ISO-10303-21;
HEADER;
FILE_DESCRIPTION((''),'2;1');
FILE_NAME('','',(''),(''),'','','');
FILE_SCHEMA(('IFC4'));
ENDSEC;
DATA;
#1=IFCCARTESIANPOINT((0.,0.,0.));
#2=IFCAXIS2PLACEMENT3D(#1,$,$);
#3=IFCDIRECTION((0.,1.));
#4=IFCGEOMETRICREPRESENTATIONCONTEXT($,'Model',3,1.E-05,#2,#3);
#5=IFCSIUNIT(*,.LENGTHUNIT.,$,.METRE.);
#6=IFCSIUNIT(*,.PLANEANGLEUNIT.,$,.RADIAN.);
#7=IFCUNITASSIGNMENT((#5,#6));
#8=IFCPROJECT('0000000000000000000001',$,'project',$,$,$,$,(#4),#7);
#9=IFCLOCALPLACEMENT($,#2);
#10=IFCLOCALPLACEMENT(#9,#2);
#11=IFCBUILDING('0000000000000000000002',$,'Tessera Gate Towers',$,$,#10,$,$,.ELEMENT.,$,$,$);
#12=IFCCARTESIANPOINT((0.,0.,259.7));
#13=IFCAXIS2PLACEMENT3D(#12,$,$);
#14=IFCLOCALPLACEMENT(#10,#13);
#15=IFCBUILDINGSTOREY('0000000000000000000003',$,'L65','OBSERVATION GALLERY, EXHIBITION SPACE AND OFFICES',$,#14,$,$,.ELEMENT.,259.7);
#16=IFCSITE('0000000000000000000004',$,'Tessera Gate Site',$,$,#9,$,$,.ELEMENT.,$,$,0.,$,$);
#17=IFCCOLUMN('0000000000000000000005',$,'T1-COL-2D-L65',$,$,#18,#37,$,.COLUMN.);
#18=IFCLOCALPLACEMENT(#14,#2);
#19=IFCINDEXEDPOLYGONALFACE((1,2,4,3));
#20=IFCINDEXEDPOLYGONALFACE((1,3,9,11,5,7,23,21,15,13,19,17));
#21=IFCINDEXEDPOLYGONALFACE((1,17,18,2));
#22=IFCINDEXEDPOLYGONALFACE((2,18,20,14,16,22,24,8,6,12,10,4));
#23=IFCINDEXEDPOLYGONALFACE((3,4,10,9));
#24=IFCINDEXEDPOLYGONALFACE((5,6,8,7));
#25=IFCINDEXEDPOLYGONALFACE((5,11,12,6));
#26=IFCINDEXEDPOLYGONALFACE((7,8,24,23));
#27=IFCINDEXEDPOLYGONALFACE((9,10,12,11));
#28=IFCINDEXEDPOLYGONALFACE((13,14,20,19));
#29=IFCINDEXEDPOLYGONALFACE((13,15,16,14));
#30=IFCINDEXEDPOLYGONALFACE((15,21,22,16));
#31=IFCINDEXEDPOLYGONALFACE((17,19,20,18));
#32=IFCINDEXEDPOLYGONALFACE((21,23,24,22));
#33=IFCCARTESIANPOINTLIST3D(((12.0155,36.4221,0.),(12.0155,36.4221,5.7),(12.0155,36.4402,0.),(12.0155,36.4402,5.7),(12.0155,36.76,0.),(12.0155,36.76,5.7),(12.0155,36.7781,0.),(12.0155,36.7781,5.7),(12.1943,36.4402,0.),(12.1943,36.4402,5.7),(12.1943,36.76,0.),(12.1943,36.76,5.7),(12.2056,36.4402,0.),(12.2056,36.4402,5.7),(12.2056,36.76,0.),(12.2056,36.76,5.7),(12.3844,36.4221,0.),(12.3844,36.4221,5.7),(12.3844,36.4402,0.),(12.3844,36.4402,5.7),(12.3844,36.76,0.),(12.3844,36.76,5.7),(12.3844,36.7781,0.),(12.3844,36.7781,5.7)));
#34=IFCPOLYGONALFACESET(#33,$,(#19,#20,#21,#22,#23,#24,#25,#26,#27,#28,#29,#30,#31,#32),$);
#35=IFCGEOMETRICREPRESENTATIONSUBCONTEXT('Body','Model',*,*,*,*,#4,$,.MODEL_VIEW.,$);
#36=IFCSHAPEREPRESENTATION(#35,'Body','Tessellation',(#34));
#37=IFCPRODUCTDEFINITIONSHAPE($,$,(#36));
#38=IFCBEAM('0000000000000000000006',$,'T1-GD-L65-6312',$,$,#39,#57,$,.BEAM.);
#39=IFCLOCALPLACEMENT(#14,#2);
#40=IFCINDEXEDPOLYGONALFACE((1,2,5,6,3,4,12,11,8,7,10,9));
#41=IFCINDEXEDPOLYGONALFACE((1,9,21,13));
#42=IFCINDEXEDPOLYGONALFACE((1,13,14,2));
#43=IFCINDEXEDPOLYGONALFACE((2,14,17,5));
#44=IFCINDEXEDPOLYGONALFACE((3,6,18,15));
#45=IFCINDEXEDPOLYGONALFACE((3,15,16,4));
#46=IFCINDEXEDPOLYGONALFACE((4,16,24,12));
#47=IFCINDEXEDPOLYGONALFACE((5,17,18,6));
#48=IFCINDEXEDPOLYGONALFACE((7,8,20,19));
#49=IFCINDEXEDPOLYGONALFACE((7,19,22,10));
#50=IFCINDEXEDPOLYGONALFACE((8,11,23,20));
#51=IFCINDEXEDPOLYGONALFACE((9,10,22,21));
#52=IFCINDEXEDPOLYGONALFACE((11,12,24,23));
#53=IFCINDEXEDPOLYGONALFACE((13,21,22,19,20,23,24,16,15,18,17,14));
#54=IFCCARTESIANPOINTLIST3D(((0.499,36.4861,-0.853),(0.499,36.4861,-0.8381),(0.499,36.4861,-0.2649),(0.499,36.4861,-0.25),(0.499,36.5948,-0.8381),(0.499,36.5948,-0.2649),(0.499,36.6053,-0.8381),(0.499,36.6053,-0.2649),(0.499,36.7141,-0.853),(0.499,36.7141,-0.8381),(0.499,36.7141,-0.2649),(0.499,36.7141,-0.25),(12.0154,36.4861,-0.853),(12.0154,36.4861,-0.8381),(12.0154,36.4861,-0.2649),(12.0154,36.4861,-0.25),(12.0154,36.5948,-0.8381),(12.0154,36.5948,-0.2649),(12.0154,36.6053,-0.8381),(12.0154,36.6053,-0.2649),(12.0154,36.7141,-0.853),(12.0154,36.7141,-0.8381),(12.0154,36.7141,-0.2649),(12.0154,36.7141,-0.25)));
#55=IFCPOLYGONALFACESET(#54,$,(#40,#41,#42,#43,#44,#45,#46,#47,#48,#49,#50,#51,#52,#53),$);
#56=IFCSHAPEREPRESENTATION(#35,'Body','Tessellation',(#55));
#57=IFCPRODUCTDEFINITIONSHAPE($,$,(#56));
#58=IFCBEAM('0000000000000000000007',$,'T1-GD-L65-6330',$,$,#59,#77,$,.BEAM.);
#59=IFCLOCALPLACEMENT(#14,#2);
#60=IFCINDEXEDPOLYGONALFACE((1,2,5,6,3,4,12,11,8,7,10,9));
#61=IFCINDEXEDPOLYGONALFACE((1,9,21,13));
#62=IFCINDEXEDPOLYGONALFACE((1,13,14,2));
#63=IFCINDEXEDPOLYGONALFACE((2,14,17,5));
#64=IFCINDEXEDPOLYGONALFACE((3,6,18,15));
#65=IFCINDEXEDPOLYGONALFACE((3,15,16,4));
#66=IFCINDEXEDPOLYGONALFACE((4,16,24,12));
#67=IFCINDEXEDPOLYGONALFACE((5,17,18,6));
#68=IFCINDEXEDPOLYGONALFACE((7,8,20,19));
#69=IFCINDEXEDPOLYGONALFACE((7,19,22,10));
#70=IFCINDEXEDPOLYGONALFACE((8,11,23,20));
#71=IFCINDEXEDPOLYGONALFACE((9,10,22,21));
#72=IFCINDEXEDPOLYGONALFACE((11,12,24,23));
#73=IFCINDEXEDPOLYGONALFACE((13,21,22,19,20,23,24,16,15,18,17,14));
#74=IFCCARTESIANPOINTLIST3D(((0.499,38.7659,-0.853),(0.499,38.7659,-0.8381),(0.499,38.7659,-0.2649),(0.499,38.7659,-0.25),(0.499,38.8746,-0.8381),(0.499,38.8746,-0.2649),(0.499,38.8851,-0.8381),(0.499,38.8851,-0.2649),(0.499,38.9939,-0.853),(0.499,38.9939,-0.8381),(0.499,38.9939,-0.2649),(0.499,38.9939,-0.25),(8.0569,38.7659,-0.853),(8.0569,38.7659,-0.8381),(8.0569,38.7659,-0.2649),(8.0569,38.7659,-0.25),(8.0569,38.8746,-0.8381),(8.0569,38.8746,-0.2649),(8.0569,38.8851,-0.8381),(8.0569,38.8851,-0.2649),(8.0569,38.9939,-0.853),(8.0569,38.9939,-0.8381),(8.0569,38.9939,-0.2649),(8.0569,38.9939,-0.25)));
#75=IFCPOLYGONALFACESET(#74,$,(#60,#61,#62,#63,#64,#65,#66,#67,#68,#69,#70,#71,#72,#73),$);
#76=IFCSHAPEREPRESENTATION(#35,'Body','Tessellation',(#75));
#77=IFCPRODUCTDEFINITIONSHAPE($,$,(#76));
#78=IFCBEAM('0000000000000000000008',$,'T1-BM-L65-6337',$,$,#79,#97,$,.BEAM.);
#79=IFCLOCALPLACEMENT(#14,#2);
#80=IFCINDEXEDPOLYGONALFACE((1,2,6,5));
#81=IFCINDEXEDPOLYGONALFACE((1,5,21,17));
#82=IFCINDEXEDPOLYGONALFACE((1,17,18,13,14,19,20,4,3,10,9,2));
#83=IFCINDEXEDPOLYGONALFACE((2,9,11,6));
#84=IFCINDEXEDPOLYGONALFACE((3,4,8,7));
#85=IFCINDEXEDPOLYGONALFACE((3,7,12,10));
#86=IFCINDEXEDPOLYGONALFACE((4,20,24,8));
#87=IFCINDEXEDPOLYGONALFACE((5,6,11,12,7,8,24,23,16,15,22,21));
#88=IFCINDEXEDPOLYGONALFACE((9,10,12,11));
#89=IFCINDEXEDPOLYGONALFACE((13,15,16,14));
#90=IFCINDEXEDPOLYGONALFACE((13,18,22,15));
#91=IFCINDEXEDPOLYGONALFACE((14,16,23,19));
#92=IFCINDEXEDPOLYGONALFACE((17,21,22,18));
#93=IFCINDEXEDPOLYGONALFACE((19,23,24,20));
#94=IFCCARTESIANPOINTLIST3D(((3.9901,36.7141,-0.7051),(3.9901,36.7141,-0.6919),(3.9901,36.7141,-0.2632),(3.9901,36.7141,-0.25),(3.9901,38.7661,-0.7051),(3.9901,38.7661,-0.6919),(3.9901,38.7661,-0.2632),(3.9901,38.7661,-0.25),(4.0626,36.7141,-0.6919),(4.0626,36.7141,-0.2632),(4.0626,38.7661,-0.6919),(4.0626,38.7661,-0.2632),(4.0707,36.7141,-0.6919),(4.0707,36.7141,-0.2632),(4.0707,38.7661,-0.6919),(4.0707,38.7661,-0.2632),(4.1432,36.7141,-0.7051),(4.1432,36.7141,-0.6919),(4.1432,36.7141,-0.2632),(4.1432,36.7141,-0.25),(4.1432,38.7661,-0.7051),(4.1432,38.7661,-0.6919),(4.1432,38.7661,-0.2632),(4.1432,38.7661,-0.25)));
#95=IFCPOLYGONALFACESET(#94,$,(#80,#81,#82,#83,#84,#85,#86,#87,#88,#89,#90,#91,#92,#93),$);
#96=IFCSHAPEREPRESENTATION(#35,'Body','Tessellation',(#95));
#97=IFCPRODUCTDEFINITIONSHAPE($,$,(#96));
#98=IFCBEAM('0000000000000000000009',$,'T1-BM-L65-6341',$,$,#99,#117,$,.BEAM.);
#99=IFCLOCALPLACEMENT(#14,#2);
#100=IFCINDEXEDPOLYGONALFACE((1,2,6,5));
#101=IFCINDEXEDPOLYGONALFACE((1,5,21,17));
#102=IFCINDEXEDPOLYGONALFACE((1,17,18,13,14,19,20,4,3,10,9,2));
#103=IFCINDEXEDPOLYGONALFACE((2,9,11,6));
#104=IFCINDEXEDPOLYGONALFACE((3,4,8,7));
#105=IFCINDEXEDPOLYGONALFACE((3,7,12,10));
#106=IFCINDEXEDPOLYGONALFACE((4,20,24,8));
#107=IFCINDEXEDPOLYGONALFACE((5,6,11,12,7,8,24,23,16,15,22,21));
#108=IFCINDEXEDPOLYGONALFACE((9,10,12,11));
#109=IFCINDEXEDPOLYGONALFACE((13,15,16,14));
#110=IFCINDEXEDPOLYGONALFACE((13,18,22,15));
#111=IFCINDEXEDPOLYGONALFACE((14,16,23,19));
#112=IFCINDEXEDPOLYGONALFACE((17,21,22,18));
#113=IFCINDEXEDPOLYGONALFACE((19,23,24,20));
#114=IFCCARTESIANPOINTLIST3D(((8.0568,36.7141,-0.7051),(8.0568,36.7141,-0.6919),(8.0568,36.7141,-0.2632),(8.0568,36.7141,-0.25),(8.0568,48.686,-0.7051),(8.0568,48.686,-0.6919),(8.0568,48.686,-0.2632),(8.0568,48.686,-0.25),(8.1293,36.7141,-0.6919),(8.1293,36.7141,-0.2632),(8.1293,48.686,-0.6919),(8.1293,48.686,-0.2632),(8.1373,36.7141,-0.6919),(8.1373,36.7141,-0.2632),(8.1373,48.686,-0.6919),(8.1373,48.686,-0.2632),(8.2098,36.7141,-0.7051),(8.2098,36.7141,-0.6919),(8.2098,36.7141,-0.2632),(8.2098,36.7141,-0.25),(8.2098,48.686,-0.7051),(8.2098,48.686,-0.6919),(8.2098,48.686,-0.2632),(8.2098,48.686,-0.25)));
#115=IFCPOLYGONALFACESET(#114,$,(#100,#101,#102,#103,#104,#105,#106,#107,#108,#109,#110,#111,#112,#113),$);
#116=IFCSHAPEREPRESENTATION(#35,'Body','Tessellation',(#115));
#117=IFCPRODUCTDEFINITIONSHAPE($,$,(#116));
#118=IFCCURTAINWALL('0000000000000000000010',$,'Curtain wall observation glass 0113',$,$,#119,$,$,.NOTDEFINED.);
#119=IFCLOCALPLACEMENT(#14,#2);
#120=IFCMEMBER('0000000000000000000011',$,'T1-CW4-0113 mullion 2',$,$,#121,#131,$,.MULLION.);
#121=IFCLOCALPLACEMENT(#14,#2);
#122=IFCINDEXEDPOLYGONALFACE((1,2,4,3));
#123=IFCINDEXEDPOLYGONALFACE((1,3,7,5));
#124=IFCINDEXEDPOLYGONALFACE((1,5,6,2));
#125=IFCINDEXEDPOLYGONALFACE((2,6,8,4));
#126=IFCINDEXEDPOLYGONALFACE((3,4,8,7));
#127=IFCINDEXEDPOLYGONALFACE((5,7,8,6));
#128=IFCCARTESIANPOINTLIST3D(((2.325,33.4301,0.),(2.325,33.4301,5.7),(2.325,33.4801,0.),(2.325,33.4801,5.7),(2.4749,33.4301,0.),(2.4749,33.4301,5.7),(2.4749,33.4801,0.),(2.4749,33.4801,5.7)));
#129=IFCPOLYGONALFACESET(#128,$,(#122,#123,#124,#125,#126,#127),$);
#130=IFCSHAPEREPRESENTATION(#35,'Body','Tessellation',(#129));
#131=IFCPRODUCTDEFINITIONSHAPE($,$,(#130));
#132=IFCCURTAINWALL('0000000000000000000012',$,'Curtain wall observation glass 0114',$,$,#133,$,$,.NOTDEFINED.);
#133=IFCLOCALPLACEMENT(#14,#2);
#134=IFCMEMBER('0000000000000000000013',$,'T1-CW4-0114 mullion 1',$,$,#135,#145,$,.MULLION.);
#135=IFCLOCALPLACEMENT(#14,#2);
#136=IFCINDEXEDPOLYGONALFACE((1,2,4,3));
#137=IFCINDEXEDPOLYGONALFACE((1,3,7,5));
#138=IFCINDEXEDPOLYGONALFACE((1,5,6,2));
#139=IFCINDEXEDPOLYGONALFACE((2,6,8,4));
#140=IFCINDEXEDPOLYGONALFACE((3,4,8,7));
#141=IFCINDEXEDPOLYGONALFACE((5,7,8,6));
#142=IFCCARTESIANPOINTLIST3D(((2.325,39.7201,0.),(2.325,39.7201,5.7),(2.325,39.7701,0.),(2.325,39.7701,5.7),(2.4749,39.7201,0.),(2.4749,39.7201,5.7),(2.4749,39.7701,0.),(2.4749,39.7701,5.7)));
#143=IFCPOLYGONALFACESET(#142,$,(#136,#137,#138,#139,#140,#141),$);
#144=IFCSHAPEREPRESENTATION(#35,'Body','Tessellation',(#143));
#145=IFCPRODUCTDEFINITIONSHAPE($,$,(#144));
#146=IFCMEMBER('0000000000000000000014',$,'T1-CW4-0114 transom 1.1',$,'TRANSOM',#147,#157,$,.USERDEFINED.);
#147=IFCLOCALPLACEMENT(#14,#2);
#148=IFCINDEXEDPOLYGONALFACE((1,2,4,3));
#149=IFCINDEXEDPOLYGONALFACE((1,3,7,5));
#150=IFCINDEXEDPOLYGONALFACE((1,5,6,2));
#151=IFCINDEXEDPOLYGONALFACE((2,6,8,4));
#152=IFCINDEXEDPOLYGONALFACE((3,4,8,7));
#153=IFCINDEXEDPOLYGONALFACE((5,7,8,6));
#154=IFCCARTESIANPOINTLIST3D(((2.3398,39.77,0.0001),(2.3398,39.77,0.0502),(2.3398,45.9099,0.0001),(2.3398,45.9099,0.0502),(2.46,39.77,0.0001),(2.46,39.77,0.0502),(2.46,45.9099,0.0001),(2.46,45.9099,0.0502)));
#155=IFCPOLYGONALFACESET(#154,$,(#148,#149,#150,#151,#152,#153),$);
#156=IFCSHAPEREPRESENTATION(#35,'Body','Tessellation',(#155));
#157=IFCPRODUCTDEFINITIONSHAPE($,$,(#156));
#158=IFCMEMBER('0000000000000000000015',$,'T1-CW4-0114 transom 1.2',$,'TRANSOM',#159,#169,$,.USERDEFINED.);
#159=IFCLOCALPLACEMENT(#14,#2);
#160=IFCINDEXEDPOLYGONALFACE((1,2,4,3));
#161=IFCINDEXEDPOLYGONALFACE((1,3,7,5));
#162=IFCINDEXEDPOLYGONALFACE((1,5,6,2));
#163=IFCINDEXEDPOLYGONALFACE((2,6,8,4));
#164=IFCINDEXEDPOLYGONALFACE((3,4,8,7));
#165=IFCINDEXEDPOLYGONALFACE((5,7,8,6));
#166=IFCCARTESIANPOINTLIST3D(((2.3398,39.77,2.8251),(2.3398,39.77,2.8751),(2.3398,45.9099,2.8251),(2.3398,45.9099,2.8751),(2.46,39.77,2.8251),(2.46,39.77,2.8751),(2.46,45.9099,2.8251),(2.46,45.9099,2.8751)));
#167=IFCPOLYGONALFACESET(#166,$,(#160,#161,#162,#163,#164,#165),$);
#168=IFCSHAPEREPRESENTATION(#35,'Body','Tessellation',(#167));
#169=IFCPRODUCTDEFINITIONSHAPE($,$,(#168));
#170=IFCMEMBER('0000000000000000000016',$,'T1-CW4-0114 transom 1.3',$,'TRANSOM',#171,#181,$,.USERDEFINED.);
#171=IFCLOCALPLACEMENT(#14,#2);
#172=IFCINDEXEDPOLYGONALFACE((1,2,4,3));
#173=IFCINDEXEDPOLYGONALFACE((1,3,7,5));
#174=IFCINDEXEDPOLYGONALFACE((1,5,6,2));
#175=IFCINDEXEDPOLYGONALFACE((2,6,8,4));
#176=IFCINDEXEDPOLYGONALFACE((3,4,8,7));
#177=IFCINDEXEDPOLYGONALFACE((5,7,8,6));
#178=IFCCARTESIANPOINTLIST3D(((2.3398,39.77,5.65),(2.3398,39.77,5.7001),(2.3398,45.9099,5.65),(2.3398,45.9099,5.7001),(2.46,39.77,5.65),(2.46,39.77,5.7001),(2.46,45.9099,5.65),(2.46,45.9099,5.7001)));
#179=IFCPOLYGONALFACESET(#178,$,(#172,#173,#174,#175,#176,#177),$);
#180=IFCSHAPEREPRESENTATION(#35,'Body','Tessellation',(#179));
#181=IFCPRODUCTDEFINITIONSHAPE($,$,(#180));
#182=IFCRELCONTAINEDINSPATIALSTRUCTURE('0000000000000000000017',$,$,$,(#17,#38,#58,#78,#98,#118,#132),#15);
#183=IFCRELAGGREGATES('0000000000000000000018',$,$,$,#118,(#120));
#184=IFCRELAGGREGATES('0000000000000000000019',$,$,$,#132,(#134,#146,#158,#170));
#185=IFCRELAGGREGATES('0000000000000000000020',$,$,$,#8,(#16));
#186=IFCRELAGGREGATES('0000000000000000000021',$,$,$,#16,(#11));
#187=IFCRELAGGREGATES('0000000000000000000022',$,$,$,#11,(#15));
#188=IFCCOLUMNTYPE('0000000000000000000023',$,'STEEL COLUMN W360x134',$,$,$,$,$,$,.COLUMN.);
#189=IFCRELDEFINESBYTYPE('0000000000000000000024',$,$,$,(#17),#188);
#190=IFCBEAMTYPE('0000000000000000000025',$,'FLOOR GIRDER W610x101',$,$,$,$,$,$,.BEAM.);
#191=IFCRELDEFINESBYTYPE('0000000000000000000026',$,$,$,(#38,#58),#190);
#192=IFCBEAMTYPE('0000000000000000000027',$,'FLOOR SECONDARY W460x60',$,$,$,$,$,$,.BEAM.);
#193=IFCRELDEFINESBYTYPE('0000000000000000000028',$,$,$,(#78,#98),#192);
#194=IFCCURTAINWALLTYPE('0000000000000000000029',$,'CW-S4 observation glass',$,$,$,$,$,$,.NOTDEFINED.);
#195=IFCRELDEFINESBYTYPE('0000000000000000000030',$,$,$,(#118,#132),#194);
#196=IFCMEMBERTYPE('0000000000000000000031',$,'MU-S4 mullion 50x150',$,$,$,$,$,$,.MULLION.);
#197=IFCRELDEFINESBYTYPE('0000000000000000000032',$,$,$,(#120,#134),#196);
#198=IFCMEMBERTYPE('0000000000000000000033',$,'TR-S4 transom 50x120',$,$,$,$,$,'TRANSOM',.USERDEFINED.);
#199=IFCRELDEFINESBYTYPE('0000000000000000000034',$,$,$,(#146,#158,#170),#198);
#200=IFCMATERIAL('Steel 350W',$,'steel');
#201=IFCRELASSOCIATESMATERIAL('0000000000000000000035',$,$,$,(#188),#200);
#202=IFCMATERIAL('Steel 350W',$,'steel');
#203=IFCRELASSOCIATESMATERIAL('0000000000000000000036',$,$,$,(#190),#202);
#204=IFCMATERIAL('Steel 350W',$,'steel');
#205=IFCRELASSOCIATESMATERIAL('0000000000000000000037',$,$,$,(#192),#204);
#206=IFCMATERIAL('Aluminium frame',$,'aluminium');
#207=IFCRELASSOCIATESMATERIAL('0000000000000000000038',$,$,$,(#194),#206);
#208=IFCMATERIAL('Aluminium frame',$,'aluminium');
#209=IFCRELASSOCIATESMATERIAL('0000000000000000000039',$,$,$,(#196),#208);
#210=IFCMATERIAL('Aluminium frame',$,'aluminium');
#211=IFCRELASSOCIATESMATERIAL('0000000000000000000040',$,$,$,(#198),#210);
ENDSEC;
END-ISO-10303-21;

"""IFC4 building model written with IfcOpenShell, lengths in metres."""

from ifc_helpers import new_model, si_unit, direction, frame, origin, origin_2d, place, context, subcontext, project, spatial, rectangle, i_section, extrude, material, material_profile, profile_set, type_object, element, aggregate, save


model = new_model("IFC4")

# Units and contexts
model_context = context("Model", 3, precision=1e-05, world=origin(), true_north=direction((0.0, 1.0)))
body_context = subcontext(model_context, "Body", "Model", "MODEL_VIEW")
ifc_project = project(units=[si_unit("LENGTHUNIT", "METRE"), si_unit("PLANEANGLEUNIT", "RADIAN")], contexts=[model_context])

# Site, building, storey
site_placement = place(None, origin())
site = spatial("IfcSite", under=ifc_project, at=site_placement, Name="Tessera Gate Site", CompositionType="ELEMENT", RefElevation=0.0)
building_placement = place(site_placement, origin())
building = spatial("IfcBuilding", under=site, at=building_placement, Name="Tessera Gate Towers", CompositionType="ELEMENT")
storey_placement = place(building_placement, frame((0.0, 0.0, 259.7)))
storey = spatial("IfcBuildingStorey", under=building, at=storey_placement, Name="L65", Description="OBSERVATION GALLERY, EXHIBITION SPACE AND OFFICES", CompositionType="ELEMENT", Elevation=259.7)

# Column
ifc_material_1 = material(Name="Steel 350W", Category="steel")
ifc_material_profile_1 = material_profile(ifc_material_1, i_section(OverallWidth=0.3689, OverallDepth=0.356, WebThickness=0.0112, FlangeThickness=0.0181, at=origin_2d()), Name="W360x134")
ifc_profile_set_1 = profile_set([ifc_material_profile_1], Name="Steel 350W")
column_type = type_object("IfcColumnType", Name="STEEL COLUMN W360x134", PredefinedType="COLUMN", material=ifc_profile_set_1)
column_placement = place(storey_placement, frame((12.2, 36.6001, 0.0), z_axis=(0.0, 0.0, 1.0), x_axis=(1.0, 0.0, 0.0)))
element("IfcColumn", 1, at=column_placement, inside=storey, type_object=column_type, Name="T1-COL-2D-L65", PredefinedType="COLUMN", context=body_context, shape_type="SweptSolid", body=[
    extrude(i_section(OverallWidth=0.3689, OverallDepth=0.356, WebThickness=0.0112, FlangeThickness=0.0181, at=origin_2d()), origin(), (0.0, 0.0, 1.0), 5.7),
])

# Beams
ifc_material_2 = material(Name="Steel 350W", Category="steel")
ifc_material_profile_2 = material_profile(ifc_material_2, i_section(OverallWidth=0.228, OverallDepth=0.603, WebThickness=0.0105, FlangeThickness=0.0149, at=origin_2d()), Name="W610x101")
ifc_profile_set_2 = profile_set([ifc_material_profile_2], Name="Steel 350W")
beam_type_1 = type_object("IfcBeamType", Name="FLOOR GIRDER W610x101", PredefinedType="BEAM", material=ifc_profile_set_2)
beam_1_placement = place(storey_placement, frame((0.499, 36.6001, -0.5515), z_axis=(1.0, 0.0, 0.0), x_axis=(0.0, 1.0, 0.0)))
element("IfcBeam", 2, at=beam_1_placement, inside=storey, type_object=beam_type_1, Name="T1-GD-L65-6312", PredefinedType="BEAM", context=body_context, shape_type="SweptSolid", body=[
    extrude(i_section(OverallWidth=0.228, OverallDepth=0.603, WebThickness=0.0105, FlangeThickness=0.0149, at=origin_2d()), origin(), (0.0, 0.0, 1.0), 11.5164),
])
beam_2_placement = place(storey_placement, frame((0.499, 38.8799, -0.5515), z_axis=(1.0, 0.0, 0.0), x_axis=(0.0, 1.0, 0.0)))
element("IfcBeam", 3, at=beam_2_placement, inside=storey, type_object=beam_type_1, Name="T1-GD-L65-6330", PredefinedType="BEAM", context=body_context, shape_type="SweptSolid", body=[
    extrude(i_section(OverallWidth=0.228, OverallDepth=0.603, WebThickness=0.0105, FlangeThickness=0.0149, at=origin_2d()), origin(), (0.0, 0.0, 1.0), 7.5579),
])
ifc_material_3 = material(Name="Steel 350W", Category="steel")
ifc_material_profile_3 = material_profile(ifc_material_3, i_section(OverallWidth=0.1531, OverallDepth=0.4551, WebThickness=0.0081, FlangeThickness=0.0132, at=origin_2d()), Name="W460x60")
ifc_profile_set_3 = profile_set([ifc_material_profile_3], Name="Steel 350W")
beam_type_2 = type_object("IfcBeamType", Name="FLOOR SECONDARY W460x60", PredefinedType="BEAM", material=ifc_profile_set_3)
beam_3_placement = place(storey_placement, frame((4.0667, 36.7141, -0.4775), z_axis=(0.0, 1.0, 0.0), x_axis=(-1.0, 0.0, 0.0)))
element("IfcBeam", 4, at=beam_3_placement, inside=storey, type_object=beam_type_2, Name="T1-BM-L65-6337", PredefinedType="BEAM", context=body_context, shape_type="SweptSolid", body=[
    extrude(i_section(OverallWidth=0.1531, OverallDepth=0.4551, WebThickness=0.0081, FlangeThickness=0.0132, at=origin_2d()), origin(), (0.0, 0.0, 1.0), 2.052),
])
beam_4_placement = place(storey_placement, frame((8.1333, 36.7141, -0.4775), z_axis=(0.0, 1.0, 0.0), x_axis=(-1.0, 0.0, 0.0)))
element("IfcBeam", 5, at=beam_4_placement, inside=storey, type_object=beam_type_2, Name="T1-BM-L65-6341", PredefinedType="BEAM", context=body_context, shape_type="SweptSolid", body=[
    extrude(i_section(OverallWidth=0.1531, OverallDepth=0.4551, WebThickness=0.0081, FlangeThickness=0.0132, at=origin_2d()), origin(), (0.0, 0.0, 1.0), 11.9719),
])

# Curtain wall, member
ifc_material_4 = material(Name="Aluminium frame", Category="aluminium")
curtain_wall_type = type_object("IfcCurtainWallType", Name="CW-S4 observation glass", PredefinedType="NOTDEFINED", material=ifc_material_4)
curtain_wall_1_placement = place(storey_placement, origin())
curtain_wall_1 = element("IfcCurtainWall", 6, at=curtain_wall_1_placement, inside=storey, type_object=curtain_wall_type, Name="Curtain wall observation glass 0113", PredefinedType="NOTDEFINED")
ifc_material_5 = material(Name="Aluminium frame", Category="aluminium")
ifc_material_profile_4 = material_profile(ifc_material_5, rectangle(XDim=0.05, YDim=0.1499, at=origin_2d()), Name="AL 50x150")
ifc_profile_set_4 = profile_set([ifc_material_profile_4], Name="Aluminium frame")
member_type_1 = type_object("IfcMemberType", Name="MU-S4 mullion 50x150", PredefinedType="MULLION", material=ifc_profile_set_4)
member_1_placement = place(storey_placement, frame((2.3999, 33.4551, 0.0), z_axis=(0.0, 0.0, 1.0), x_axis=(0.0, 1.0, 0.0)))
member_1 = element("IfcMember", 7, at=member_1_placement, type_object=member_type_1, Name="T1-CW4-0113 mullion 2", PredefinedType="MULLION", context=body_context, shape_type="SweptSolid", body=[
    extrude(rectangle(XDim=0.05, YDim=0.1499, at=origin_2d()), origin(), (0.0, 0.0, 1.0), 5.7),
])
aggregate(curtain_wall_1, [member_1])

# Curtain wall, members
curtain_wall_2_placement = place(storey_placement, origin())
curtain_wall_2 = element("IfcCurtainWall", 8, at=curtain_wall_2_placement, inside=storey, type_object=curtain_wall_type, Name="Curtain wall observation glass 0114", PredefinedType="NOTDEFINED")
member_2_placement = place(storey_placement, frame((2.3999, 39.7451, 0.0), z_axis=(0.0, 0.0, 1.0), x_axis=(0.0, 1.0, 0.0)))
member_2 = element("IfcMember", 9, at=member_2_placement, type_object=member_type_1, Name="T1-CW4-0114 mullion 1", PredefinedType="MULLION", context=body_context, shape_type="SweptSolid", body=[
    extrude(rectangle(XDim=0.05, YDim=0.1499, at=origin_2d()), origin(), (0.0, 0.0, 1.0), 5.7),
])
ifc_material_6 = material(Name="Aluminium frame", Category="aluminium")
ifc_material_profile_5 = material_profile(ifc_material_6, rectangle(XDim=0.1201, YDim=0.05, at=origin_2d()), Name="AL 50x120")
ifc_profile_set_5 = profile_set([ifc_material_profile_5], Name="Aluminium frame")
member_type_2 = type_object("IfcMemberType", Name="TR-S4 transom 50x120", ElementType="TRANSOM", PredefinedType="USERDEFINED", material=ifc_profile_set_5)
member_3_placement = place(storey_placement, frame((2.3999, 39.77, 0.0251), z_axis=(0.0, 1.0, 0.0), x_axis=(-1.0, 0.0, 0.0)))
member_3 = element("IfcMember", 10, at=member_3_placement, type_object=member_type_2, Name="T1-CW4-0114 transom 1.1", ObjectType="TRANSOM", PredefinedType="USERDEFINED", context=body_context, shape_type="SweptSolid", body=[
    extrude(rectangle(XDim=0.1201, YDim=0.05, at=origin_2d()), origin(), (0.0, 0.0, 1.0), 6.1399),
])
member_4_placement = place(storey_placement, frame((2.3999, 39.77, 2.8501), z_axis=(0.0, 1.0, 0.0), x_axis=(-1.0, 0.0, 0.0)))
member_4 = element("IfcMember", 11, at=member_4_placement, type_object=member_type_2, Name="T1-CW4-0114 transom 1.2", ObjectType="TRANSOM", PredefinedType="USERDEFINED", context=body_context, shape_type="SweptSolid", body=[
    extrude(rectangle(XDim=0.1201, YDim=0.05, at=origin_2d()), origin(), (0.0, 0.0, 1.0), 6.1399),
])
member_5_placement = place(storey_placement, frame((2.3999, 39.77, 5.675), z_axis=(0.0, 1.0, 0.0), x_axis=(-1.0, 0.0, 0.0)))
member_5 = element("IfcMember", 12, at=member_5_placement, type_object=member_type_2, Name="T1-CW4-0114 transom 1.3", ObjectType="TRANSOM", PredefinedType="USERDEFINED", context=body_context, shape_type="SweptSolid", body=[
    extrude(rectangle(XDim=0.1201, YDim=0.05, at=origin_2d()), origin(), (0.0, 0.0, 1.0), 6.1399),
])
aggregate(curtain_wall_2, [member_2, member_3, member_4, member_5])

save(model, "model.ifc")
